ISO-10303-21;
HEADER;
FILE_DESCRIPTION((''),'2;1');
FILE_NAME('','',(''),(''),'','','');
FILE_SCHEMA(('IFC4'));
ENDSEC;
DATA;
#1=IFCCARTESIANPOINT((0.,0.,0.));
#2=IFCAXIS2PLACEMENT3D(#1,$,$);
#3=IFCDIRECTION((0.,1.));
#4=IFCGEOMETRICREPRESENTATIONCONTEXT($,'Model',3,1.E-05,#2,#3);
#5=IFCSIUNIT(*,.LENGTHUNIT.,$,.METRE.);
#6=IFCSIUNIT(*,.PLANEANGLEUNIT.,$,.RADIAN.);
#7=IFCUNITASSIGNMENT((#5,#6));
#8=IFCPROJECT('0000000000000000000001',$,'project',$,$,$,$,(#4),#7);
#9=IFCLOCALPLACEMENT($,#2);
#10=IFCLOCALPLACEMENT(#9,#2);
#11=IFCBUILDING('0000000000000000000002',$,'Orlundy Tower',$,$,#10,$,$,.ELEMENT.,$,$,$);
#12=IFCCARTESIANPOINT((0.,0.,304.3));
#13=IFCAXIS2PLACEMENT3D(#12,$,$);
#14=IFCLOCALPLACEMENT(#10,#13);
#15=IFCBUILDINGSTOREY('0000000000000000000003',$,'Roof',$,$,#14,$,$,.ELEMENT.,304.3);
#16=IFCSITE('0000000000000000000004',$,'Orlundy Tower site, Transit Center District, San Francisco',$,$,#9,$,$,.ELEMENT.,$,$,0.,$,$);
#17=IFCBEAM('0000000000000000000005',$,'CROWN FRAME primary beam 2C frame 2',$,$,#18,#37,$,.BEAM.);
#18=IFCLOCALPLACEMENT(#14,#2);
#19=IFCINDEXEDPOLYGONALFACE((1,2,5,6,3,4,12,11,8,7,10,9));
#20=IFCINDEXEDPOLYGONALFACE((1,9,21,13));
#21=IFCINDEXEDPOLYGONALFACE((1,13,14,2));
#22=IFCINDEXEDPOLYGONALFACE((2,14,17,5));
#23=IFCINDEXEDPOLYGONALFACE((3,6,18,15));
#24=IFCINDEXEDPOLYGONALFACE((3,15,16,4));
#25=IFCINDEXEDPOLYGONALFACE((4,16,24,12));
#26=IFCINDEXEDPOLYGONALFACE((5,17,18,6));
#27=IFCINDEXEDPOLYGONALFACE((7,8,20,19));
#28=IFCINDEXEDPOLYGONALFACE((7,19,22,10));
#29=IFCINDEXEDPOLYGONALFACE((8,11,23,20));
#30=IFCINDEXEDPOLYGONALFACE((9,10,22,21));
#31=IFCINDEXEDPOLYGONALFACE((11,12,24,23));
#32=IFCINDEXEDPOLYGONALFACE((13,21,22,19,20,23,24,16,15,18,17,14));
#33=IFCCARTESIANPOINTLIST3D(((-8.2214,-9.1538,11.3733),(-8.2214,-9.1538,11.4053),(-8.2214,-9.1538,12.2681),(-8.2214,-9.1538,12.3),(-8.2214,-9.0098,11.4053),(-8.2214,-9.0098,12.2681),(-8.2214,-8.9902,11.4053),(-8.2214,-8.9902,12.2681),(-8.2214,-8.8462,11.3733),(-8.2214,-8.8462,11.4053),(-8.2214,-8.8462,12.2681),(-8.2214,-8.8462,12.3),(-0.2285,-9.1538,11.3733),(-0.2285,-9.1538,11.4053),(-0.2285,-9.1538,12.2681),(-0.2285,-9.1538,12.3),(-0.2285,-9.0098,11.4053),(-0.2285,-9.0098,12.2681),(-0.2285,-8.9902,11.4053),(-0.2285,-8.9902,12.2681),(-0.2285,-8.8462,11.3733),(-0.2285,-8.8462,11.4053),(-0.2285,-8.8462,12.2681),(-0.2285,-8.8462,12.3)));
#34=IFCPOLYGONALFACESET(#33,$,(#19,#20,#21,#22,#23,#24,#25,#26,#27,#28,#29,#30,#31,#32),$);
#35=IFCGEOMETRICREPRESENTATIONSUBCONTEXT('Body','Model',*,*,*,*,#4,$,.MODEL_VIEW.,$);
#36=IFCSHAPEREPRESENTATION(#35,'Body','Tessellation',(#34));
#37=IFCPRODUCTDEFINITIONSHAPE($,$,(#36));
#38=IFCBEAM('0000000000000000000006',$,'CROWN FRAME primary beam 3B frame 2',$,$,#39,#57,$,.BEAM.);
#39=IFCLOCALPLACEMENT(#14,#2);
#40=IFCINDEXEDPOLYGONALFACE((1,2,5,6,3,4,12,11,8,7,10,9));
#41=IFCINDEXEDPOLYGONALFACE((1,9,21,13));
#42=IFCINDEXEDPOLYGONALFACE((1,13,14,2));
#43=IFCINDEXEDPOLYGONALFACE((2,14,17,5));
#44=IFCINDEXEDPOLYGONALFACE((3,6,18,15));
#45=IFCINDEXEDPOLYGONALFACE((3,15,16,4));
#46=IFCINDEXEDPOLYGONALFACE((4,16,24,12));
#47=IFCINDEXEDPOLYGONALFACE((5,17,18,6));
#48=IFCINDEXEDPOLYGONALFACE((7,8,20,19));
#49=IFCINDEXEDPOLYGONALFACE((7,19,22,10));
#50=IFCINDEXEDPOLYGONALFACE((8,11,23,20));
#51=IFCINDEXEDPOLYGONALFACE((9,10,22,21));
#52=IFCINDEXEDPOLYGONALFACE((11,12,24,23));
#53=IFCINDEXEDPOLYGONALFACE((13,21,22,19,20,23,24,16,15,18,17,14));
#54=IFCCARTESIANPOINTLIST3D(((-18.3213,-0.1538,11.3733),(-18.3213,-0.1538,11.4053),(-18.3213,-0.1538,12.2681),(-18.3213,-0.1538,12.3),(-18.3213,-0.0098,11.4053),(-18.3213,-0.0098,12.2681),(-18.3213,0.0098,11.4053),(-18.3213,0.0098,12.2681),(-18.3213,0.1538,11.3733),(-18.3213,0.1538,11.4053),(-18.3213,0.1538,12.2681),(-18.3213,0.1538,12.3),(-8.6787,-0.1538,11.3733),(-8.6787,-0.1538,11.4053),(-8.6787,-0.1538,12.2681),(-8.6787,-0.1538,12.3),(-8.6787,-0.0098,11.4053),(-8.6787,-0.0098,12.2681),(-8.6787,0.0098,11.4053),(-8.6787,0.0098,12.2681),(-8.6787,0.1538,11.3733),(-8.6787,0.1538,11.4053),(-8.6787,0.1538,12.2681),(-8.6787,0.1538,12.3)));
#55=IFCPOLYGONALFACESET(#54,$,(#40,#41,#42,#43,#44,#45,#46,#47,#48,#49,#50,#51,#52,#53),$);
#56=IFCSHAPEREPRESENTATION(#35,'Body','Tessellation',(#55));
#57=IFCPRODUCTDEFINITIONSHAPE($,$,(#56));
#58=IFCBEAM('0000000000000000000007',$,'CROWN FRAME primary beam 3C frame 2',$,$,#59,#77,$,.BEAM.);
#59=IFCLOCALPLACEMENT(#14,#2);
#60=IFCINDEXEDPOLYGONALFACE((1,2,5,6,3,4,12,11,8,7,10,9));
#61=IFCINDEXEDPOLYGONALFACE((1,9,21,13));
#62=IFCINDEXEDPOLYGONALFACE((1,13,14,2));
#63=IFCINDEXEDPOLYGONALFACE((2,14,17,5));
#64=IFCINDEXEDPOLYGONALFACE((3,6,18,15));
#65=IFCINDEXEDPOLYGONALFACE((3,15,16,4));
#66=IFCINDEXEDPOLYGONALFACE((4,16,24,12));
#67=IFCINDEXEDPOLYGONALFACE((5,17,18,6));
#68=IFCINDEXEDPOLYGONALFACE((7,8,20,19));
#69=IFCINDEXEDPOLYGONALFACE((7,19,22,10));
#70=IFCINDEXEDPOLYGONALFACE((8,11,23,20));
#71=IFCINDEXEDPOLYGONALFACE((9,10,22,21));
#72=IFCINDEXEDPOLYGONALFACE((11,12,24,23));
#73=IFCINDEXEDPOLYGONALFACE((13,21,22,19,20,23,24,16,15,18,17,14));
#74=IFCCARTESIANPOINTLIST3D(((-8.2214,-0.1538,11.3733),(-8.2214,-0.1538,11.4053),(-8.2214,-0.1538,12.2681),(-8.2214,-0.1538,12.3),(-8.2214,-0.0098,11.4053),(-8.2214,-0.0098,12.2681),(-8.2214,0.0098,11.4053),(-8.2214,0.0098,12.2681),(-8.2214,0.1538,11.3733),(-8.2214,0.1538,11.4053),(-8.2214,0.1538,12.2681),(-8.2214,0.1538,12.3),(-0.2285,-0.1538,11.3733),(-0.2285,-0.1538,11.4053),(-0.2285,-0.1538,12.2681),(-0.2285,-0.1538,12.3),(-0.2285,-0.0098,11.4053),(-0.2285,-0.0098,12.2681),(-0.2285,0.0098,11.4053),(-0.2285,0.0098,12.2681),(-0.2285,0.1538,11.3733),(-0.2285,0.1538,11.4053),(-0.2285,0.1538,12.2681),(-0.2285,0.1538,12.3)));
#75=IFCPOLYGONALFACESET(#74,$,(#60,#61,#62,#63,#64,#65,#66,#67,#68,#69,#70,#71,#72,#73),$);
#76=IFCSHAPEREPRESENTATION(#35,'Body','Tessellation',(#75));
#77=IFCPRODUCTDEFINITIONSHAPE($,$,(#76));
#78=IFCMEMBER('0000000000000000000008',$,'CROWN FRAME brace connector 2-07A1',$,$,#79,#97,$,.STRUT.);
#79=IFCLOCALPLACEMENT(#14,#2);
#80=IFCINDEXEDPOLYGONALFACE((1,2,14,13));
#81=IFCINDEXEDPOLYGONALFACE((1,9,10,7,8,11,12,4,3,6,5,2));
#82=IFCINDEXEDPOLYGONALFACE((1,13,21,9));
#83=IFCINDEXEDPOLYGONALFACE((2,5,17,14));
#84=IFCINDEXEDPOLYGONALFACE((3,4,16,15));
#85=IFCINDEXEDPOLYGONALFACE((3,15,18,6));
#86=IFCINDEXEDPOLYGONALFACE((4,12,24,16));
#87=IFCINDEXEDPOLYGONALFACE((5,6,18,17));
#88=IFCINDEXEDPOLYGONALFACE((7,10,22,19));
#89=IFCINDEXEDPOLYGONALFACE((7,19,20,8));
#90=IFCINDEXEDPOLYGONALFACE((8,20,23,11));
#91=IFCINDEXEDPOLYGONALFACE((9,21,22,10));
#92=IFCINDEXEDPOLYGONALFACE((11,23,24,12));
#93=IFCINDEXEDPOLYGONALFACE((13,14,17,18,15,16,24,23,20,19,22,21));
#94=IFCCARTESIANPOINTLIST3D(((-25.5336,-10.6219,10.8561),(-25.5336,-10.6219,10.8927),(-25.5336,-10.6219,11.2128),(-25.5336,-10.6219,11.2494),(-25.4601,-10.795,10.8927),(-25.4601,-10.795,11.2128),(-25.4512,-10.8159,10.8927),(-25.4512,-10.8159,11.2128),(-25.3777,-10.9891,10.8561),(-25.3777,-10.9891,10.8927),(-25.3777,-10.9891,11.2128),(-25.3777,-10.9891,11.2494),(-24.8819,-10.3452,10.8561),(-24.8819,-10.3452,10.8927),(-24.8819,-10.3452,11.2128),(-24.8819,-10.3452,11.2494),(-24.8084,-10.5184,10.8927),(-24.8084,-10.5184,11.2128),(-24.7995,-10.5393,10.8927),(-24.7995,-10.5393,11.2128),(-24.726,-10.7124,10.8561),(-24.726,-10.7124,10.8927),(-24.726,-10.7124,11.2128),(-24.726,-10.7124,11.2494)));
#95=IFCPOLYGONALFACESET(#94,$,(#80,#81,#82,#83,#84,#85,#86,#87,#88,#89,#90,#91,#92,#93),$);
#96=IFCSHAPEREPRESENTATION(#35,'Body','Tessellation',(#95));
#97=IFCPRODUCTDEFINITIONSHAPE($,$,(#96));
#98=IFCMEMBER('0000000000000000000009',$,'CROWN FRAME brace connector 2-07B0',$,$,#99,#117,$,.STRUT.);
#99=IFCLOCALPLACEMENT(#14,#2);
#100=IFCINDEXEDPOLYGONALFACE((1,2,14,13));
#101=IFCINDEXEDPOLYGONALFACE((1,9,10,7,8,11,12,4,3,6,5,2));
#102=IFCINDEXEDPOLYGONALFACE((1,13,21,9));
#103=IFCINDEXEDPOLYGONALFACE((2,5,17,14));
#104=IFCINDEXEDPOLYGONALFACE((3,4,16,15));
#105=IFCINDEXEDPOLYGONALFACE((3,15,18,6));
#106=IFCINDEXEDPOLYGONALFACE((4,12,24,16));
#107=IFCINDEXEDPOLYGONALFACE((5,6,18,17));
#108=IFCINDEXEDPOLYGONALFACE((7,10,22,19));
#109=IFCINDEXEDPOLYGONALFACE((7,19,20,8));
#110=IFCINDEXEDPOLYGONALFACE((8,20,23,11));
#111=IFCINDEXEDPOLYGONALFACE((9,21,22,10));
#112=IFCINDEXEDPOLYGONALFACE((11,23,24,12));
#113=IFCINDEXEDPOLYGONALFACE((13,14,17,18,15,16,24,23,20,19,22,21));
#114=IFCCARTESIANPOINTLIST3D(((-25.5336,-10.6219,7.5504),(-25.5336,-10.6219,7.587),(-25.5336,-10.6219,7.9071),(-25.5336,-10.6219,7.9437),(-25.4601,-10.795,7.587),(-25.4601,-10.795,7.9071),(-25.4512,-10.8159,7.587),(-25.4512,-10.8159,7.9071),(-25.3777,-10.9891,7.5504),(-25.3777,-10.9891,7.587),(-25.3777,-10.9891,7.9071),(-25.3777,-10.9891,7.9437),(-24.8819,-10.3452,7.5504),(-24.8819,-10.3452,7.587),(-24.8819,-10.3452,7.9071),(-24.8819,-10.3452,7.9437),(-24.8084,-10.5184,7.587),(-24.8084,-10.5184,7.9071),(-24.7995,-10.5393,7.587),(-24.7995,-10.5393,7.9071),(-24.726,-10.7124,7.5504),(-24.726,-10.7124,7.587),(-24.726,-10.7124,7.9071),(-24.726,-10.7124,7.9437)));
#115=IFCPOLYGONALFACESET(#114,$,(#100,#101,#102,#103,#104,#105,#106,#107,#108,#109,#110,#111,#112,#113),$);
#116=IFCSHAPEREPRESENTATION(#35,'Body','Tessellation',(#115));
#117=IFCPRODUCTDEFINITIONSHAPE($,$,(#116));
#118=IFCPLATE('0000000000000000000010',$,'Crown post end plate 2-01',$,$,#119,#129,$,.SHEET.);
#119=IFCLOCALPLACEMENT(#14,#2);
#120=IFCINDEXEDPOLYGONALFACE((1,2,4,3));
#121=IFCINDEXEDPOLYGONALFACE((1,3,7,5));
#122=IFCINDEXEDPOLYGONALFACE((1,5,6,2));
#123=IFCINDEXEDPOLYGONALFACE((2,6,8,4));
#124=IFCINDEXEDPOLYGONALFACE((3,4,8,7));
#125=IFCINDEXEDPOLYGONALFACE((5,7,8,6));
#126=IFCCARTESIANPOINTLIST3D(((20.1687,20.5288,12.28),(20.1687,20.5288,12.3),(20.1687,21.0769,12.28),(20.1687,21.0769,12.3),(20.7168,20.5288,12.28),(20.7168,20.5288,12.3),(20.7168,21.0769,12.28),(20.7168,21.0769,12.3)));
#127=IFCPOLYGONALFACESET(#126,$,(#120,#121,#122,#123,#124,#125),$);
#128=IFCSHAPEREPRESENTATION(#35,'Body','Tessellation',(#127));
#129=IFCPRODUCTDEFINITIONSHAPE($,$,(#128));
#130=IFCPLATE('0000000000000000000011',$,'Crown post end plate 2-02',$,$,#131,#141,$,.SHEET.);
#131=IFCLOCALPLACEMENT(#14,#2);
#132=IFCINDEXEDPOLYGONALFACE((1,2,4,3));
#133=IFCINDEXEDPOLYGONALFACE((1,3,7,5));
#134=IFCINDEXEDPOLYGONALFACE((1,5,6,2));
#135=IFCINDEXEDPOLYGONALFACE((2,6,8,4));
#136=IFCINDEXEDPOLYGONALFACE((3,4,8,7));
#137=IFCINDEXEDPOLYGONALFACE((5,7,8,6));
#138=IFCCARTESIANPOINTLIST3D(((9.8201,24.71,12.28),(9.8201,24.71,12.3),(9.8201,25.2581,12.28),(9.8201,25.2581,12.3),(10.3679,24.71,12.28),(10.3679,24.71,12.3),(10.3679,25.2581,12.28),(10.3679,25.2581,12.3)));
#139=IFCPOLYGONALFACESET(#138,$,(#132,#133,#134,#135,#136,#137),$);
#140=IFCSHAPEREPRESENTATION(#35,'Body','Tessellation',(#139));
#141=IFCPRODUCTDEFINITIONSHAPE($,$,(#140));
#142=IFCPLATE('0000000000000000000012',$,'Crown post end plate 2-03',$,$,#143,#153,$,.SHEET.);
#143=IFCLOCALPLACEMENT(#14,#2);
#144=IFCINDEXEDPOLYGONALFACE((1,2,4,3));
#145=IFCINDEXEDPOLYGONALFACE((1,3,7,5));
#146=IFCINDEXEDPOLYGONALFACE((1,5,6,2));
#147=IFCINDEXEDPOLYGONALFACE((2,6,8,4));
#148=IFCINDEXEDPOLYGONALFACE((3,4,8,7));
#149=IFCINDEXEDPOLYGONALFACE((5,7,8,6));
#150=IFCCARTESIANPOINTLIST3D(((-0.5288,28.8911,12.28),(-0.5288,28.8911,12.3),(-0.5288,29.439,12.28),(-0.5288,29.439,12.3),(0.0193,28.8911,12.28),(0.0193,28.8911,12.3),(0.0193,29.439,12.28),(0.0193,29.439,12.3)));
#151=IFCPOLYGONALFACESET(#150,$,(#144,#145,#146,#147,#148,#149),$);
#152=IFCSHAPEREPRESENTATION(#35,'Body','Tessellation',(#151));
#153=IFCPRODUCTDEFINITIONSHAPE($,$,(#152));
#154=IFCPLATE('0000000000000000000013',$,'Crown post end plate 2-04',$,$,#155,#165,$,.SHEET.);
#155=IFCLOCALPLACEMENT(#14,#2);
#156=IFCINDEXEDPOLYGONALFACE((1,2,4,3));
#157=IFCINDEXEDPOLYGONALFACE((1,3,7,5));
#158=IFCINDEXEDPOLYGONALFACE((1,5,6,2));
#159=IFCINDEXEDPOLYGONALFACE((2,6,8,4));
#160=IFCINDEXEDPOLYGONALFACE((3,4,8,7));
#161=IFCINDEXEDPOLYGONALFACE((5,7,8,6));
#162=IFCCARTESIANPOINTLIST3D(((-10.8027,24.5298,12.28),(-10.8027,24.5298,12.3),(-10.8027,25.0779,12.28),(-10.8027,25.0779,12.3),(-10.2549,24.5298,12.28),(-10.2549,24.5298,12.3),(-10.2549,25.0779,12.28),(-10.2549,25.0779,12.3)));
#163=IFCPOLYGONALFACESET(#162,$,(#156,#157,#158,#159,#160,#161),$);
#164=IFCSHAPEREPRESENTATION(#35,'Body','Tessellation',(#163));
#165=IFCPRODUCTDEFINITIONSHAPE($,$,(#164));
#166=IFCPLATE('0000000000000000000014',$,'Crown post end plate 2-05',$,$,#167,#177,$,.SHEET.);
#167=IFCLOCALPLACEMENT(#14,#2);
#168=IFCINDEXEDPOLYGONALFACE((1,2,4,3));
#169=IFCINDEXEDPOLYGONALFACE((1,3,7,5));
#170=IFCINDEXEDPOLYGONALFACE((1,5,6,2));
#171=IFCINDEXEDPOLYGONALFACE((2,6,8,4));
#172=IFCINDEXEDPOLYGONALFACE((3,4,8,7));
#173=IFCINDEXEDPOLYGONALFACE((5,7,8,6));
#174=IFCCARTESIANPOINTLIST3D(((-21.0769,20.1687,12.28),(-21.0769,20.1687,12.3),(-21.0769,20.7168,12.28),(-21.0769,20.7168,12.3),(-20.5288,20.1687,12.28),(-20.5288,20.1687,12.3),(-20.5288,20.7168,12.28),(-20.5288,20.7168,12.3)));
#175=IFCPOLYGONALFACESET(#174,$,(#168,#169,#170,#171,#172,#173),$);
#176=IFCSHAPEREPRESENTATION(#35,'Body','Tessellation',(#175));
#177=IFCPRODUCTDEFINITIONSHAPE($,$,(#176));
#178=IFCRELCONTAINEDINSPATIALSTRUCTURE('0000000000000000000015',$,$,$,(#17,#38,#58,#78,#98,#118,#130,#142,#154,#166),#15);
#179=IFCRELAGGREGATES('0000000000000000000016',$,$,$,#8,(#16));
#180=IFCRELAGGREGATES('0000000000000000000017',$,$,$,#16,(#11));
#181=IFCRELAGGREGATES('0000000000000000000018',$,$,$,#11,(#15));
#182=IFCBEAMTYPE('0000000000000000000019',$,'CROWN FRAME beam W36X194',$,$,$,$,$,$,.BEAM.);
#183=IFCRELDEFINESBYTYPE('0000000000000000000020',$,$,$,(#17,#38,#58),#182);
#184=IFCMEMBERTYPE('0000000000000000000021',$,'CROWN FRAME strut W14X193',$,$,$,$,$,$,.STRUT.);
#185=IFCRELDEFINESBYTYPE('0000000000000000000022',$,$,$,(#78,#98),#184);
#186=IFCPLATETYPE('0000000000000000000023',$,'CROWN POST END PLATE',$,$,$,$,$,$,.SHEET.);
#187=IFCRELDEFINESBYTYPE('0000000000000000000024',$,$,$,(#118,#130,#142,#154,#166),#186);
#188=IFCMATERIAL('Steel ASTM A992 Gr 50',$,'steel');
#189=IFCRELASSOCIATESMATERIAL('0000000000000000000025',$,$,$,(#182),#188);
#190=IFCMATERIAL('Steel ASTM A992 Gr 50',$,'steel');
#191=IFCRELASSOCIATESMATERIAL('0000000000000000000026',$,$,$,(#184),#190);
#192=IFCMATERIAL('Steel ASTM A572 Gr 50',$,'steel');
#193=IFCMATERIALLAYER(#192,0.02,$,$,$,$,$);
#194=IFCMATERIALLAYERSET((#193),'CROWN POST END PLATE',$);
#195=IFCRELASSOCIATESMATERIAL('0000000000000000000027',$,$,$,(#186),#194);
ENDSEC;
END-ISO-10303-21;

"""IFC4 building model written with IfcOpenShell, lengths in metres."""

from ifc_helpers import new_model, si_unit, direction, frame, origin, origin_2d, place, context, subcontext, project, spatial, polyline, i_section, outline, extrude, material, layer, layer_set, material_profile, profile_set, type_object, element, save


model = new_model("IFC4")

# Units and contexts
model_context = context("Model", 3, precision=1e-05, world=origin(), true_north=direction((0.0, 1.0)))
body_context = subcontext(model_context, "Body", "Model", "MODEL_VIEW")
ifc_project = project(units=[si_unit("LENGTHUNIT", "METRE"), si_unit("PLANEANGLEUNIT", "RADIAN")], contexts=[model_context])

# Site, building, storey
site_placement = place(None, origin())
site = spatial("IfcSite", under=ifc_project, at=site_placement, Name="Orlundy Tower site, Transit Center District, San Francisco", CompositionType="ELEMENT", RefElevation=0.0)
building_placement = place(site_placement, origin())
building = spatial("IfcBuilding", under=site, at=building_placement, Name="Orlundy Tower", CompositionType="ELEMENT")
storey_placement = place(building_placement, frame((0.0, 0.0, 304.3)))
storey = spatial("IfcBuildingStorey", under=building, at=storey_placement, Name="Roof", CompositionType="ELEMENT", Elevation=304.3)

# Beams
ifc_material_1 = material(Name="Steel ASTM A992 Gr 50", Category="steel")
ifc_material_profile_1 = material_profile(ifc_material_1, i_section(OverallWidth=0.3076, OverallDepth=0.9268, WebThickness=0.0195, FlangeThickness=0.032, at=origin_2d()), Name="W36X194")
ifc_profile_set_1 = profile_set([ifc_material_profile_1], Name="Steel ASTM A992 Gr 50")
beam_type = type_object("IfcBeamType", Name="CROWN FRAME beam W36X194", PredefinedType="BEAM", material=ifc_profile_set_1)
beam_1_placement = place(storey_placement, frame((-8.2214, -9.0, 11.8367), z_axis=(1.0, 0.0, 0.0), x_axis=(0.0, 1.0, 0.0)))
element("IfcBeam", 1, at=beam_1_placement, inside=storey, type_object=beam_type, Name="CROWN FRAME primary beam 2C frame 2", PredefinedType="BEAM", context=body_context, shape_type="SweptSolid", body=[
    extrude(i_section(OverallWidth=0.3076, OverallDepth=0.9268, WebThickness=0.0195, FlangeThickness=0.032, at=origin_2d()), origin(), (0.0, 0.0, 1.0), 7.9929),
])
beam_2_placement = place(storey_placement, frame((-18.3213, 0.0, 11.8367), z_axis=(1.0, 0.0, 0.0), x_axis=(0.0, 1.0, 0.0)))
element("IfcBeam", 2, at=beam_2_placement, inside=storey, type_object=beam_type, Name="CROWN FRAME primary beam 3B frame 2", PredefinedType="BEAM", context=body_context, shape_type="SweptSolid", body=[
    extrude(i_section(OverallWidth=0.3076, OverallDepth=0.9268, WebThickness=0.0195, FlangeThickness=0.032, at=origin_2d()), origin(), (0.0, 0.0, 1.0), 9.6426),
])
beam_3_placement = place(storey_placement, frame((-8.2214, 0.0, 11.8367), z_axis=(1.0, 0.0, 0.0), x_axis=(0.0, 1.0, 0.0)))
element("IfcBeam", 3, at=beam_3_placement, inside=storey, type_object=beam_type, Name="CROWN FRAME primary beam 3C frame 2", PredefinedType="BEAM", context=body_context, shape_type="SweptSolid", body=[
    extrude(i_section(OverallWidth=0.3076, OverallDepth=0.9268, WebThickness=0.0195, FlangeThickness=0.032, at=origin_2d()), origin(), (0.0, 0.0, 1.0), 7.9929),
])

# Members
ifc_material_2 = material(Name="Steel ASTM A992 Gr 50", Category="steel")
ifc_material_profile_2 = material_profile(ifc_material_2, i_section(OverallWidth=0.3989, OverallDepth=0.3933, WebThickness=0.0227, FlangeThickness=0.0366, at=origin_2d()), Name="W14X193")
ifc_profile_set_2 = profile_set([ifc_material_profile_2], Name="Steel ASTM A992 Gr 50")
member_type = type_object("IfcMemberType", Name="CROWN FRAME strut W14X193", PredefinedType="STRUT", material=ifc_profile_set_2)
for number, where, z_axis, x_axis, name in (
    (4, (-24.804, -10.5288, 11.0527), (-0.920495, -0.390754, 0.0), (0.390754, -0.920495, 0.0), "CROWN FRAME brace connector 2-07A1"),
    (5, (-24.804, -10.5288, 7.7471), (-0.920495, -0.390754, 0.0), (0.390754, -0.920495, 0.0), "CROWN FRAME brace connector 2-07B0"),
):
    element("IfcMember", number, at=place(storey_placement, frame(where, z_axis=z_axis, x_axis=x_axis)), inside=storey, type_object=member_type, Name=name, PredefinedType="STRUT", context=body_context, shape_type="SweptSolid", body=[
        extrude(i_section(OverallWidth=0.3989, OverallDepth=0.3933, WebThickness=0.0227, FlangeThickness=0.0366, at=origin_2d()), origin(), (0.0, 0.0, 1.0), 0.708),
    ])

# Plates
ifc_material_3 = material(Name="Steel ASTM A572 Gr 50", Category="steel")
ifc_layer = layer(ifc_material_3, 0.02)
ifc_layer_set = layer_set([ifc_layer], Name="CROWN POST END PLATE")
plate_type = type_object("IfcPlateType", Name="CROWN POST END PLATE", PredefinedType="SHEET", material=ifc_layer_set)
plate_1_placement = place(storey_placement, frame((0.0, 0.0, 12.28)))
element("IfcPlate", 6, at=plate_1_placement, inside=storey, type_object=plate_type, Name="Crown post end plate 2-01", PredefinedType="SHEET", context=body_context, shape_type="SweptSolid", body=[
    extrude(outline(polyline([(20.1687, 20.5288), (20.7168, 20.5288), (20.7168, 21.0769), (20.1687, 21.0769), (20.1687, 20.5288)])), origin(), (0.0, 0.0, 1.0), 0.02),
])
plate_2_placement = place(storey_placement, frame((0.0, 0.0, 12.28)))
element("IfcPlate", 7, at=plate_2_placement, inside=storey, type_object=plate_type, Name="Crown post end plate 2-02", PredefinedType="SHEET", context=body_context, shape_type="SweptSolid", body=[
    extrude(outline(polyline([(9.8201, 24.71), (10.3679, 24.71), (10.3679, 25.2581), (9.8201, 25.2581), (9.8201, 24.71)])), origin(), (0.0, 0.0, 1.0), 0.02),
])
plate_3_placement = place(storey_placement, frame((0.0, 0.0, 12.28)))
element("IfcPlate", 8, at=plate_3_placement, inside=storey, type_object=plate_type, Name="Crown post end plate 2-03", PredefinedType="SHEET", context=body_context, shape_type="SweptSolid", body=[
    extrude(outline(polyline([(-0.5288, 28.8911), (0.0193, 28.8911), (0.0193, 29.439), (-0.5288, 29.439), (-0.5288, 28.8911)])), origin(), (0.0, 0.0, 1.0), 0.02),
])
plate_4_placement = place(storey_placement, frame((0.0, 0.0, 12.28)))
element("IfcPlate", 9, at=plate_4_placement, inside=storey, type_object=plate_type, Name="Crown post end plate 2-04", PredefinedType="SHEET", context=body_context, shape_type="SweptSolid", body=[
    extrude(outline(polyline([(-10.8027, 24.5298), (-10.2549, 24.5298), (-10.2549, 25.0779), (-10.8027, 25.0779), (-10.8027, 24.5298)])), origin(), (0.0, 0.0, 1.0), 0.02),
])
plate_5_placement = place(storey_placement, frame((0.0, 0.0, 12.28)))
element("IfcPlate", 10, at=plate_5_placement, inside=storey, type_object=plate_type, Name="Crown post end plate 2-05", PredefinedType="SHEET", context=body_context, shape_type="SweptSolid", body=[
    extrude(outline(polyline([(-21.0769, 20.1687), (-20.5288, 20.1687), (-20.5288, 20.7168), (-21.0769, 20.7168), (-21.0769, 20.1687)])), origin(), (0.0, 0.0, 1.0), 0.02),
])

save(model, "model.ifc")
